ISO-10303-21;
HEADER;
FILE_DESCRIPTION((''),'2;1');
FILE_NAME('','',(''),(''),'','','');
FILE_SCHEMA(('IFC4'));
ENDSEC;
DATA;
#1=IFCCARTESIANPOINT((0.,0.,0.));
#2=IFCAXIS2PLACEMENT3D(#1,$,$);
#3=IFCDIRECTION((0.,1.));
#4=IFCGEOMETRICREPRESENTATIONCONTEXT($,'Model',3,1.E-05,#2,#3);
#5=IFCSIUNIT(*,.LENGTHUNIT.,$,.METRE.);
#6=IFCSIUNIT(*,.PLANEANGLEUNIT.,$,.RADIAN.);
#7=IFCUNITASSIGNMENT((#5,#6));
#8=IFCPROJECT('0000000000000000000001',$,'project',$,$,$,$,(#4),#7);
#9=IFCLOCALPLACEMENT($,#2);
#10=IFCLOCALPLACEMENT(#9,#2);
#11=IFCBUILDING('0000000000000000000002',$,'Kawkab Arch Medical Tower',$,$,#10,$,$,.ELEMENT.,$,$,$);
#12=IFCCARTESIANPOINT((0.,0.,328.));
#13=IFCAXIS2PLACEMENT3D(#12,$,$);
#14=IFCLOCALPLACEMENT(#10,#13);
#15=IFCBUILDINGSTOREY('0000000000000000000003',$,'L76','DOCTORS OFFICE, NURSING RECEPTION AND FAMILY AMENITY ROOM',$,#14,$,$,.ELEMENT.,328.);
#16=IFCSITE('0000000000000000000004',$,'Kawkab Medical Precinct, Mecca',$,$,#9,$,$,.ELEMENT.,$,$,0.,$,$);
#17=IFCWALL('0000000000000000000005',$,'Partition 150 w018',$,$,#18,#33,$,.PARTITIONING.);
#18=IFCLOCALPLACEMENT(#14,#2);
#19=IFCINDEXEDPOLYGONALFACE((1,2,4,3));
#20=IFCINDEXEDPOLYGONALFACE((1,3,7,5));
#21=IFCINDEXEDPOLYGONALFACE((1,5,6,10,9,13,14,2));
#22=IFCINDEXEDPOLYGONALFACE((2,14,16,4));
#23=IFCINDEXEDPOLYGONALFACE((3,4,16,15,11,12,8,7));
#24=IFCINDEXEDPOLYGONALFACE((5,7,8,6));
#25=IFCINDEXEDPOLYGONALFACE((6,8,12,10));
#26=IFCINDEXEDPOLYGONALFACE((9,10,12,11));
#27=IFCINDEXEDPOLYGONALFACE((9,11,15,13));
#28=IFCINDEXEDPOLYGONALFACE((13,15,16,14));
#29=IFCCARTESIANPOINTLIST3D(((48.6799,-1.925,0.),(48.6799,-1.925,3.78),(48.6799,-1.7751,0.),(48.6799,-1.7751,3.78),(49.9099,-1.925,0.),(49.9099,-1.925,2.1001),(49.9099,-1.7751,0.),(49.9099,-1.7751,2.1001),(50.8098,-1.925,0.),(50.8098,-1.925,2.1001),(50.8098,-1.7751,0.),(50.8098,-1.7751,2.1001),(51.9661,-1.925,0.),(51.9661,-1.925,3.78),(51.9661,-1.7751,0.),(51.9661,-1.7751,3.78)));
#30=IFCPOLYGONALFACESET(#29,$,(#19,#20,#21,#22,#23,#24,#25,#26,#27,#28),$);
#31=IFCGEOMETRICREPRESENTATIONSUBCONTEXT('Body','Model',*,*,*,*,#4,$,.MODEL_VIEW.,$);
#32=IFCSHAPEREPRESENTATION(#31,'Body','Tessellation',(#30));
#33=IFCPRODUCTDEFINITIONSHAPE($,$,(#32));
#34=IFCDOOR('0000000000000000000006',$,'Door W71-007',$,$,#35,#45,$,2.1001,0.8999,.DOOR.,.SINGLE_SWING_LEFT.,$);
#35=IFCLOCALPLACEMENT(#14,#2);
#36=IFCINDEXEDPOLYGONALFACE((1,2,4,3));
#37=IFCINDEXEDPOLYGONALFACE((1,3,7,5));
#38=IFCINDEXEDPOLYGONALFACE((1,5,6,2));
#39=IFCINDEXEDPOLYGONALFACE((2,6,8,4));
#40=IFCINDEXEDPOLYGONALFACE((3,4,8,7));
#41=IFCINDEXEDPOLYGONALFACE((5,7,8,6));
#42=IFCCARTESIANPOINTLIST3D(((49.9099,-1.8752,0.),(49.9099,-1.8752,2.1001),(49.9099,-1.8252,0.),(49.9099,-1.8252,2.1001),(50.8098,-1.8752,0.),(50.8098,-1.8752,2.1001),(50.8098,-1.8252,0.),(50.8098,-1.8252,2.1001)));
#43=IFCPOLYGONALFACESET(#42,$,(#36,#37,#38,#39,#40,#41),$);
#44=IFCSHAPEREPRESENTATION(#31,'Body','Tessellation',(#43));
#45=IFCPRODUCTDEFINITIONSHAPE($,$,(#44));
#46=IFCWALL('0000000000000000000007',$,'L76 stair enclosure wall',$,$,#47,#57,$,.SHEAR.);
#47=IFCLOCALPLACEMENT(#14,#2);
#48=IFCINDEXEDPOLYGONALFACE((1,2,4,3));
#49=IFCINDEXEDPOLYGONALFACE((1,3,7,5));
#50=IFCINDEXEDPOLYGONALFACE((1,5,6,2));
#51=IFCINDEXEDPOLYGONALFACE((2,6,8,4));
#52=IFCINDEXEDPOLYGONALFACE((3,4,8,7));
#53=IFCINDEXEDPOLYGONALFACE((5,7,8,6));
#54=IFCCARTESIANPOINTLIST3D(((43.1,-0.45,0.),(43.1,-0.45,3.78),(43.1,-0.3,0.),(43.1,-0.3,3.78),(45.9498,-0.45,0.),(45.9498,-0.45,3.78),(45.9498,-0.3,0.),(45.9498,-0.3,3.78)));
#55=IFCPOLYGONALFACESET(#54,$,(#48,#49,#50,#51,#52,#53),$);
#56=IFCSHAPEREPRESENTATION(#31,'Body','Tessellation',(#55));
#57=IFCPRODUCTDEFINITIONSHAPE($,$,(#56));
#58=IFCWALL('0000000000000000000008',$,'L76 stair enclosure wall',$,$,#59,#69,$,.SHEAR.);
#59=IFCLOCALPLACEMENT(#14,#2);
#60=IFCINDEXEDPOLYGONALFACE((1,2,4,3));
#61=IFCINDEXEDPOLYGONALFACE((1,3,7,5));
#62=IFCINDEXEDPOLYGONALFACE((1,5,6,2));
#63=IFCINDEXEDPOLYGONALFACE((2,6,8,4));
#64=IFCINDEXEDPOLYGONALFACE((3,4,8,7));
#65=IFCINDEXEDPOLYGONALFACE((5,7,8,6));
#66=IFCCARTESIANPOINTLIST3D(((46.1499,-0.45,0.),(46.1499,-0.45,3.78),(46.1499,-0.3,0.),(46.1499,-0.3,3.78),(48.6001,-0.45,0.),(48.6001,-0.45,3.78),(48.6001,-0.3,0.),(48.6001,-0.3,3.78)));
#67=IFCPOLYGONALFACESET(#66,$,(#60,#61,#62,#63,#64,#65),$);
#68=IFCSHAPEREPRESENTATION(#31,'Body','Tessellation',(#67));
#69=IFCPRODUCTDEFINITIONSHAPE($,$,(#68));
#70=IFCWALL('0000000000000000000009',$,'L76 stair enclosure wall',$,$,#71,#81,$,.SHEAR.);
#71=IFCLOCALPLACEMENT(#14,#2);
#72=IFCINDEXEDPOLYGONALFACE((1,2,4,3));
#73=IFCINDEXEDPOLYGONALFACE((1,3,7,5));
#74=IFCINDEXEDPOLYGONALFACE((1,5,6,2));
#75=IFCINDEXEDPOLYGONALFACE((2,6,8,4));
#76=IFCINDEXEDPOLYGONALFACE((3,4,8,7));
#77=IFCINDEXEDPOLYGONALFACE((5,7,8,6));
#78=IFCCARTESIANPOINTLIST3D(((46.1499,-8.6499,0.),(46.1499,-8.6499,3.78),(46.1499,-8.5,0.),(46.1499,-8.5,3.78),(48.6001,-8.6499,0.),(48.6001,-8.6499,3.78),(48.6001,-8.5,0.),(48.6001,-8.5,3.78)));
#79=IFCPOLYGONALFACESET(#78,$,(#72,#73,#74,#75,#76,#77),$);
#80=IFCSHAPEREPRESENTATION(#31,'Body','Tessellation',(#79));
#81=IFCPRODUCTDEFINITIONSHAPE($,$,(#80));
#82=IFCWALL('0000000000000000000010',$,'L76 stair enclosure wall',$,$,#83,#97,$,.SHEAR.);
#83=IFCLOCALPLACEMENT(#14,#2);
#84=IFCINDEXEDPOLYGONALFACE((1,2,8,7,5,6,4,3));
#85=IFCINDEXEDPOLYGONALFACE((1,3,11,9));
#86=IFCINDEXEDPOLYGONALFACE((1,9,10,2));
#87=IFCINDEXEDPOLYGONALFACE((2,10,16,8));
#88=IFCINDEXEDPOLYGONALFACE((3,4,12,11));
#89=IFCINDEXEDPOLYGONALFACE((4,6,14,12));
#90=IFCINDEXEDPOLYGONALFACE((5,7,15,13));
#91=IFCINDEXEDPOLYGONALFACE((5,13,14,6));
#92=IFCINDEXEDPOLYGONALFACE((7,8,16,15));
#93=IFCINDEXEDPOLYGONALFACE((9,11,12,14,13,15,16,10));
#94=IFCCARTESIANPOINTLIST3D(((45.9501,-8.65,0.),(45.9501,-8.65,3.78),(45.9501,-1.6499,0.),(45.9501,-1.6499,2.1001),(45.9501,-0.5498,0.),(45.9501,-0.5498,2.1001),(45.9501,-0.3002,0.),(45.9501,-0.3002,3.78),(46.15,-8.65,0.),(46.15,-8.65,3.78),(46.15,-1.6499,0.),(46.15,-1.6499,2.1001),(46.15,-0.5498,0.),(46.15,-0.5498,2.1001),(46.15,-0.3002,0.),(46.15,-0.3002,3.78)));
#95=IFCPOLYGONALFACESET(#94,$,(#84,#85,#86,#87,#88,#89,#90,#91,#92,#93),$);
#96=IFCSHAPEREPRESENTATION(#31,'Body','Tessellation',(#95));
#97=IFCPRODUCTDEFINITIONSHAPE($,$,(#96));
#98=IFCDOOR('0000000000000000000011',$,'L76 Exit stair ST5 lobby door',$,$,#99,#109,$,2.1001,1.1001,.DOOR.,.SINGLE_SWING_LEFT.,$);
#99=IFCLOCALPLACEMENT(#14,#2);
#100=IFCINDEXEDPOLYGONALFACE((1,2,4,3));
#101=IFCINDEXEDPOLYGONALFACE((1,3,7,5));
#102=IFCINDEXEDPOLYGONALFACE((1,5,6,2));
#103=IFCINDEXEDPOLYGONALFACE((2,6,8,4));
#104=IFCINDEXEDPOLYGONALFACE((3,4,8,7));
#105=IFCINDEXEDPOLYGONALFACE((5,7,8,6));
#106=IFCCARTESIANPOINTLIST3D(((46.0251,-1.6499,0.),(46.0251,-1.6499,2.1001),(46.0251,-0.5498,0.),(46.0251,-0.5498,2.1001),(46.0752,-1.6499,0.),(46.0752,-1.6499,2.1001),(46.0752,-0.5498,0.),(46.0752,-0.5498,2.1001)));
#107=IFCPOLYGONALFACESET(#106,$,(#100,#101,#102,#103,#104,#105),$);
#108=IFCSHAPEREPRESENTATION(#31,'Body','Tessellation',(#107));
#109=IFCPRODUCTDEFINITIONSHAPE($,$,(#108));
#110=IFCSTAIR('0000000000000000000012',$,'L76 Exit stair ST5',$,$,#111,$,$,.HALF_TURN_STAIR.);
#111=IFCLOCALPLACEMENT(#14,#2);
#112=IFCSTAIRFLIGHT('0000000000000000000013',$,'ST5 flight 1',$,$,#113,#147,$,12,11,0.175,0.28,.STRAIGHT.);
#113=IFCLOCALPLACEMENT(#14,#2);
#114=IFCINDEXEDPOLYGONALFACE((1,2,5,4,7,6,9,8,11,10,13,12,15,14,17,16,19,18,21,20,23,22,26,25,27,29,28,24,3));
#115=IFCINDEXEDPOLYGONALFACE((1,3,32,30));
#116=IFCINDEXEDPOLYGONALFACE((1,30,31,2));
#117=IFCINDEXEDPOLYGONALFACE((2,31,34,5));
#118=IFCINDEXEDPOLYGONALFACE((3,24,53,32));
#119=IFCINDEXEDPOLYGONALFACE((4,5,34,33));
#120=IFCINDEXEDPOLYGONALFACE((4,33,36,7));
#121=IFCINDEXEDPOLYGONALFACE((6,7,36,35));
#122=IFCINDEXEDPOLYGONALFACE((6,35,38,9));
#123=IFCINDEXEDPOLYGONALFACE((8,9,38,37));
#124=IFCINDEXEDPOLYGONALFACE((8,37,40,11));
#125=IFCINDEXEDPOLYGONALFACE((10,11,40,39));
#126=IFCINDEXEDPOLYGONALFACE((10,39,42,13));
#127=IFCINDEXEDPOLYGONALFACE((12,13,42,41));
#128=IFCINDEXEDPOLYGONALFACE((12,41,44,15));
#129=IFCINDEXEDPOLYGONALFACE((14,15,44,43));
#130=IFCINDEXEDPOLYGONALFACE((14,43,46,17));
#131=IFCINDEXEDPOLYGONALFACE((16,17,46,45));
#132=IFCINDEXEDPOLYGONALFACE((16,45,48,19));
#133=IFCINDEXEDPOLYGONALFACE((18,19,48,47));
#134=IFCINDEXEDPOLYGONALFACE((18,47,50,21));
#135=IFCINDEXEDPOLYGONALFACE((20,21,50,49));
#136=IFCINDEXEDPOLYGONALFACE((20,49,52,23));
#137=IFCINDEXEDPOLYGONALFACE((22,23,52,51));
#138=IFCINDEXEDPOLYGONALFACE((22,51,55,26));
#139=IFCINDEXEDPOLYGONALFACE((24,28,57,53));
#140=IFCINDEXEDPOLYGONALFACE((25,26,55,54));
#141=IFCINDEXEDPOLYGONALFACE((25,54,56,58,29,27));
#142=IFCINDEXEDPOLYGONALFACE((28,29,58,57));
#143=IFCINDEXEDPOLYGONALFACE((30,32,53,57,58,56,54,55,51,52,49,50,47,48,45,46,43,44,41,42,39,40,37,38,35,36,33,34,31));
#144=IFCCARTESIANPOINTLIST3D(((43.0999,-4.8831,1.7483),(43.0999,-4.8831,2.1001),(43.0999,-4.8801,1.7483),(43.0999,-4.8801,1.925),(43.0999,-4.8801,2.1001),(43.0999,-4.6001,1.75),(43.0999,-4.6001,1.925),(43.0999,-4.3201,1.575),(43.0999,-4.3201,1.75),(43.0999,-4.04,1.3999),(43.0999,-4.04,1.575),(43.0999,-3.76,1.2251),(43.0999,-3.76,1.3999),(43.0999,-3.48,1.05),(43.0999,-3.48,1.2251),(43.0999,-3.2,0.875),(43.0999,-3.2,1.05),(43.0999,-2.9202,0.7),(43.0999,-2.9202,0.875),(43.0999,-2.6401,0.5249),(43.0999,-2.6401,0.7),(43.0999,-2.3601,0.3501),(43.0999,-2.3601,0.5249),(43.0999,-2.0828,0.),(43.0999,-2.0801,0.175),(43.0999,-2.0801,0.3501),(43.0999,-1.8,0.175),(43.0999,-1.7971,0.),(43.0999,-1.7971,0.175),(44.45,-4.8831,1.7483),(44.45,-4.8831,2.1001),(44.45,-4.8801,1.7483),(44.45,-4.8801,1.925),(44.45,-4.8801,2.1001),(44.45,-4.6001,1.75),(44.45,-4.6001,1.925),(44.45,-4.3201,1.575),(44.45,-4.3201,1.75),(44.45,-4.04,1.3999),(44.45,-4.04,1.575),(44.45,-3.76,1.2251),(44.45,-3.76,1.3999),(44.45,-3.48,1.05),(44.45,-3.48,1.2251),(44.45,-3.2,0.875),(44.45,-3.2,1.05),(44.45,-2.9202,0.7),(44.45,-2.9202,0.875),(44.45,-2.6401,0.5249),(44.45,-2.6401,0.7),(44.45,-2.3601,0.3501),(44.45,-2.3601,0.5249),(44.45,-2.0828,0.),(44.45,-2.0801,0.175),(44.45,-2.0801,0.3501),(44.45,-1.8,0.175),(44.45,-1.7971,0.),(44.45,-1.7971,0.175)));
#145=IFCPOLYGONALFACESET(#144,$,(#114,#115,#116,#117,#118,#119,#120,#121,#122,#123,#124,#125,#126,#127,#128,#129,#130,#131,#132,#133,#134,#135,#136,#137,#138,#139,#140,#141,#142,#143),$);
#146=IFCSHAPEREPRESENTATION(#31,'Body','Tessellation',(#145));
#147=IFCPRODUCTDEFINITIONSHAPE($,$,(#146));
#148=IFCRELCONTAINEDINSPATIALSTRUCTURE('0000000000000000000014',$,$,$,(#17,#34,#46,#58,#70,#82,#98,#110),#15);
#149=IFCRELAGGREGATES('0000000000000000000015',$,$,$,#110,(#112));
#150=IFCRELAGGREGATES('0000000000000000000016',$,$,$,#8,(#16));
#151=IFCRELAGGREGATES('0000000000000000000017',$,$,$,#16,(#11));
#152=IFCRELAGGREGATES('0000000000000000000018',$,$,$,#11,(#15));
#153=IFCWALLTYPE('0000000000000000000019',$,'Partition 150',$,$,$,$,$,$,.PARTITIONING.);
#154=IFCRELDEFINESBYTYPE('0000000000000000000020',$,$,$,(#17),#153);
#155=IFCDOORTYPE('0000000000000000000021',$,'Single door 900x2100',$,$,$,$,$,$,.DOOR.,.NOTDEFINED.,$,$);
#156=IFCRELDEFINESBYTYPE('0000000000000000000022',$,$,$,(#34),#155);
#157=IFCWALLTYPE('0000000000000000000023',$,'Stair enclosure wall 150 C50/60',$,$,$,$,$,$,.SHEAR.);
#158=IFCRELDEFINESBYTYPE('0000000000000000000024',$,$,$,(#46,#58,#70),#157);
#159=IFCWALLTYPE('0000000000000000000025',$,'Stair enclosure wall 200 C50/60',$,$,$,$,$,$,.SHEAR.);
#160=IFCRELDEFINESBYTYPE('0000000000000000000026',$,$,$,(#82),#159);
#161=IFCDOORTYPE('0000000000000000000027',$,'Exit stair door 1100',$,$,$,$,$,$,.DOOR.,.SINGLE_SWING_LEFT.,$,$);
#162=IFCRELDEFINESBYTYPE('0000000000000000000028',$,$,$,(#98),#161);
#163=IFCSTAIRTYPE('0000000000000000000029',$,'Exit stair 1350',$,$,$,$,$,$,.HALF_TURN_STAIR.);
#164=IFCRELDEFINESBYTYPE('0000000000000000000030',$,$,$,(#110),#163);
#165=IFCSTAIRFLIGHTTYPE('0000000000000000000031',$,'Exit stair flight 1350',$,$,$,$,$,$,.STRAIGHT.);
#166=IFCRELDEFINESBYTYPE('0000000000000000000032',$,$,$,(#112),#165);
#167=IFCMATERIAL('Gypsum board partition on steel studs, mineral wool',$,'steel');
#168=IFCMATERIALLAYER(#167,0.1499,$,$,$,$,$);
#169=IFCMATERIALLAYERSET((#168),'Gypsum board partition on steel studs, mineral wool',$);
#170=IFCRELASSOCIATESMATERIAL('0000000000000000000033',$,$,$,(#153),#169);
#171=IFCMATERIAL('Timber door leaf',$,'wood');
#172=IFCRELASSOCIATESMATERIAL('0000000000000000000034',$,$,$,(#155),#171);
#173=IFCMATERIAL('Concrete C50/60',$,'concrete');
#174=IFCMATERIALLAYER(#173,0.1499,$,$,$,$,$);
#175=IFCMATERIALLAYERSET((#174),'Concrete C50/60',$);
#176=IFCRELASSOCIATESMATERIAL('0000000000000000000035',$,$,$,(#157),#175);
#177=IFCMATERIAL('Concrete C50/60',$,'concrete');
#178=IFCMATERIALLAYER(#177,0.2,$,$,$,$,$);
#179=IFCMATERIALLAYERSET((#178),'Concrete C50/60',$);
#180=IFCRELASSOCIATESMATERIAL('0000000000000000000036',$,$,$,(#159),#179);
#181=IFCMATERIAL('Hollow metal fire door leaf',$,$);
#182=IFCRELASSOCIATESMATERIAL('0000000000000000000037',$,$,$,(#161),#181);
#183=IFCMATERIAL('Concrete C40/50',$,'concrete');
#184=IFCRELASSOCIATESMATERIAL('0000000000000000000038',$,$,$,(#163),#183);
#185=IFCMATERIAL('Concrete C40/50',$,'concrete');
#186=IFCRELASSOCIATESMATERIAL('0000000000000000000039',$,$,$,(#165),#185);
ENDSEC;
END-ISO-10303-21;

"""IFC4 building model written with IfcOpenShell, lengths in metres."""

from ifc_helpers import new_model, si_unit, direction, frame, frame_2d, origin, place, context, subcontext, project, spatial, polyline, rectangle, outline, extrude, material, layer, layer_set, type_object, element, fill, aggregate, save


model = new_model("IFC4")

# Units and contexts
model_context = context("Model", 3, precision=1e-05, world=origin(), true_north=direction((0.0, 1.0)))
body_context = subcontext(model_context, "Body", "Model", "MODEL_VIEW")
ifc_project = project(units=[si_unit("LENGTHUNIT", "METRE"), si_unit("PLANEANGLEUNIT", "RADIAN")], contexts=[model_context])

# Site, building, storey
site_placement = place(None, origin())
site = spatial("IfcSite", under=ifc_project, at=site_placement, Name="Kawkab Medical Precinct, Mecca", CompositionType="ELEMENT", RefElevation=0.0)
building_placement = place(site_placement, origin())
building = spatial("IfcBuilding", under=site, at=building_placement, Name="Kawkab Arch Medical Tower", CompositionType="ELEMENT")
storey_placement = place(building_placement, frame((0.0, 0.0, 328.0)))
storey = spatial("IfcBuildingStorey", under=building, at=storey_placement, Name="L76", Description="DOCTORS OFFICE, NURSING RECEPTION AND FAMILY AMENITY ROOM", CompositionType="ELEMENT", Elevation=328.0)

# Shared definitions
placement = place(storey_placement, origin())

# Wall, opening, door
ifc_material_1 = material(Name="Gypsum board partition on steel studs, mineral wool", Category="steel")
ifc_layer_1 = layer(ifc_material_1, 0.1499)
ifc_layer_set_1 = layer_set([ifc_layer_1], Name="Gypsum board partition on steel studs, mineral wool")
wall_type_1 = type_object("IfcWallType", Name="Partition 150", PredefinedType="PARTITIONING", material=ifc_layer_set_1)
wall_1_placement = place(storey_placement, frame((48.6799, -1.8501, 0.0), z_axis=(0.0, 0.0, 1.0), x_axis=(1.0, 0.0, 0.0)))
wall_1 = element("IfcWall", 1, at=wall_1_placement, inside=storey, type_object=wall_type_1, Name="Partition 150 w018", PredefinedType="PARTITIONING", context=body_context, shape_type="SweptSolid", body=[
    extrude(rectangle(XDim=3.2861, YDim=0.1499, at=frame_2d((1.6431, 0.0))), origin(), (0.0, 0.0, 1.0), 3.78),
])
opening_1_placement = place(wall_1_placement, frame((1.23, 0.0, 0.0)))
opening_1 = element("IfcOpeningElement", 2, at=opening_1_placement, cuts=wall_1, PredefinedType="OPENING", context=body_context, shape_type="SweptSolid", body=[
    extrude(rectangle(XDim=0.8999, YDim=2.1001, at=frame_2d((0.45, 1.05))), frame((0.0, 0.085, 0.0), z_axis=(0.0, -1.0, 0.0), x_axis=(1.0, 0.0, 0.0)), (0.0, 0.0, 1.0), 0.1699),
])
ifc_material_2 = material(Name="Timber door leaf", Category="wood")
door_type_1 = type_object("IfcDoorType", Name="Single door 900x2100", OperationType="NOTDEFINED", PredefinedType="DOOR", material=ifc_material_2)
door_1_placement = place(opening_1_placement, origin())
door_1 = element("IfcDoor", 3, at=door_1_placement, inside=storey, type_object=door_type_1, Name="Door W71-007", OperationType="SINGLE_SWING_LEFT", OverallHeight=2.1001, OverallWidth=0.8999, PredefinedType="DOOR", context=body_context, shape_type="SweptSolid", body=[
    extrude(rectangle(XDim=0.8999, YDim=2.1001, at=frame_2d((0.45, 1.05))), frame((0.0, 0.0249, 0.0), z_axis=(0.0, -1.0, 0.0), x_axis=(1.0, 0.0, 0.0)), (0.0, 0.0, 1.0), 0.05),
])
fill(opening_1, door_1)

# Walls
ifc_material_3 = material(Name="Concrete C50/60", Category="concrete")
ifc_layer_2 = layer(ifc_material_3, 0.1499)
ifc_layer_set_2 = layer_set([ifc_layer_2], Name="Concrete C50/60")
wall_type_2 = type_object("IfcWallType", Name="Stair enclosure wall 150 C50/60", PredefinedType="SHEAR", material=ifc_layer_set_2)
wall_2_placement = place(storey_placement, frame((43.1001, -0.375, 0.0), z_axis=(0.0, 0.0, 1.0), x_axis=(1.0, 0.0, 0.0)))
element("IfcWall", 4, at=wall_2_placement, inside=storey, type_object=wall_type_2, Name="L76 stair enclosure wall", PredefinedType="SHEAR", context=body_context, shape_type="SweptSolid", body=[
    extrude(rectangle(XDim=2.8499, YDim=0.1499, at=frame_2d((1.4248, 0.0))), origin(), (0.0, 0.0, 1.0), 3.78),
])
for number, where, z_axis, x_axis, name in (
    (5, (46.1499, -0.375, 0.0), (0.0, 0.0, 1.0), (1.0, 0.0, 0.0), "L76 stair enclosure wall"),
    (6, (46.1499, -8.575, 0.0), (0.0, 0.0, 1.0), (1.0, 0.0, 0.0), "L76 stair enclosure wall"),
):
    element("IfcWall", number, at=place(storey_placement, frame(where, z_axis=z_axis, x_axis=x_axis)), inside=storey, type_object=wall_type_2, Name=name, PredefinedType="SHEAR", context=body_context, shape_type="SweptSolid", body=[
        extrude(rectangle(XDim=2.4502, YDim=0.1499, at=frame_2d((1.2251, 0.0))), origin(), (0.0, 0.0, 1.0), 3.78),
    ])

# Wall, opening, door
ifc_material_4 = material(Name="Concrete C50/60", Category="concrete")
ifc_layer_3 = layer(ifc_material_4, 0.2)
ifc_layer_set_3 = layer_set([ifc_layer_3], Name="Concrete C50/60")
wall_type_3 = type_object("IfcWallType", Name="Stair enclosure wall 200 C50/60", PredefinedType="SHEAR", material=ifc_layer_set_3)
wall_3_placement = place(storey_placement, frame((46.05, -8.6499, 0.0), z_axis=(0.0, 0.0, 1.0), x_axis=(0.0, 1.0, 0.0)))
wall_3 = element("IfcWall", 7, at=wall_3_placement, inside=storey, type_object=wall_type_3, Name="L76 stair enclosure wall", PredefinedType="SHEAR", context=body_context, shape_type="SweptSolid", body=[
    extrude(rectangle(XDim=8.3499, YDim=0.2, at=frame_2d((4.1748, 0.0))), origin(), (0.0, 0.0, 1.0), 3.78),
])
opening_2_placement = place(wall_3_placement, frame((7.0, 0.0, 0.0)))
opening_2 = element("IfcOpeningElement", 8, at=opening_2_placement, cuts=wall_3, PredefinedType="OPENING", context=body_context, shape_type="SweptSolid", body=[
    extrude(rectangle(XDim=1.1001, YDim=2.1001, at=frame_2d((0.55, 1.05))), frame((0.0, 0.1099, 0.0), z_axis=(0.0, -1.0, 0.0), x_axis=(1.0, 0.0, 0.0)), (0.0, 0.0, 1.0), 0.22),
])
ifc_material_5 = material(Name="Hollow metal fire door leaf")
door_type_2 = type_object("IfcDoorType", Name="Exit stair door 1100", OperationType="SINGLE_SWING_LEFT", PredefinedType="DOOR", material=ifc_material_5)
door_2_placement = place(opening_2_placement, origin())
door_2 = element("IfcDoor", 9, at=door_2_placement, inside=storey, type_object=door_type_2, Name="L76 Exit stair ST5 lobby door", OperationType="SINGLE_SWING_LEFT", OverallHeight=2.1001, OverallWidth=1.1001, PredefinedType="DOOR", context=body_context, shape_type="SweptSolid", body=[
    extrude(rectangle(XDim=1.1001, YDim=2.1001, at=frame_2d((0.55, 1.05))), frame((0.0, 0.0249, 0.0), z_axis=(0.0, -1.0, 0.0), x_axis=(1.0, 0.0, 0.0)), (0.0, 0.0, 1.0), 0.05),
])
fill(opening_2, door_2)

# Stair, stair flight
ifc_material_6 = material(Name="Concrete C40/50", Category="concrete")
stair_type = type_object("IfcStairType", Name="Exit stair 1350", PredefinedType="HALF_TURN_STAIR", material=ifc_material_6)
stair = element("IfcStair", 10, at=placement, inside=storey, type_object=stair_type, Name="L76 Exit stair ST5", PredefinedType="HALF_TURN_STAIR")
ifc_material_7 = material(Name="Concrete C40/50", Category="concrete")
stair_flight_type = type_object("IfcStairFlightType", Name="Exit stair flight 1350", PredefinedType="STRAIGHT", material=ifc_material_7)
stair_flight_1_placement = place(storey_placement, frame((43.7749, -1.8, 0.0), z_axis=(0.0, 0.0, 1.0), x_axis=(0.0, -1.0, 0.0)))
stair_flight_1 = element("IfcStairFlight", 11, at=stair_flight_1_placement, type_object=stair_flight_type, Name="ST5 flight 1", NumberOfRisers=12, NumberOfTreads=11, PredefinedType="STRAIGHT", RiserHeight=0.175, TreadLength=0.28, context=body_context, shape_type="SweptSolid", body=[
    extrude(outline(polyline([(-0.0029, 0.0), (-0.0029, 0.175), (0.0, 0.175), (0.28, 0.175), (0.28, 0.3501), (0.5601, 0.3501), (0.5601, 0.5249), (0.8401, 0.5249), (0.8401, 0.7), (1.1201, 0.7), (1.1201, 0.875), (1.3999, 0.875), (1.3999, 1.05), (1.6799, 1.05), (1.6799, 1.2251), (1.96, 1.2251), (1.96, 1.3999), (2.24, 1.3999), (2.24, 1.575), (2.52, 1.575), (2.52, 1.75), (2.8, 1.75), (2.8, 1.925), (3.0801, 1.925), (3.0801, 2.1001), (3.083, 2.1001), (3.083, 1.7483), (3.0801, 1.7483), (0.2827, 0.0), (-0.0029, 0.0)])), frame((0.0, 0.675, 0.0), z_axis=(0.0, -1.0, 0.0), x_axis=(1.0, 0.0, 0.0)), (0.0, 0.0, 1.0), 1.3501),
])
aggregate(stair, [stair_flight_1])

save(model, "model.ifc")
